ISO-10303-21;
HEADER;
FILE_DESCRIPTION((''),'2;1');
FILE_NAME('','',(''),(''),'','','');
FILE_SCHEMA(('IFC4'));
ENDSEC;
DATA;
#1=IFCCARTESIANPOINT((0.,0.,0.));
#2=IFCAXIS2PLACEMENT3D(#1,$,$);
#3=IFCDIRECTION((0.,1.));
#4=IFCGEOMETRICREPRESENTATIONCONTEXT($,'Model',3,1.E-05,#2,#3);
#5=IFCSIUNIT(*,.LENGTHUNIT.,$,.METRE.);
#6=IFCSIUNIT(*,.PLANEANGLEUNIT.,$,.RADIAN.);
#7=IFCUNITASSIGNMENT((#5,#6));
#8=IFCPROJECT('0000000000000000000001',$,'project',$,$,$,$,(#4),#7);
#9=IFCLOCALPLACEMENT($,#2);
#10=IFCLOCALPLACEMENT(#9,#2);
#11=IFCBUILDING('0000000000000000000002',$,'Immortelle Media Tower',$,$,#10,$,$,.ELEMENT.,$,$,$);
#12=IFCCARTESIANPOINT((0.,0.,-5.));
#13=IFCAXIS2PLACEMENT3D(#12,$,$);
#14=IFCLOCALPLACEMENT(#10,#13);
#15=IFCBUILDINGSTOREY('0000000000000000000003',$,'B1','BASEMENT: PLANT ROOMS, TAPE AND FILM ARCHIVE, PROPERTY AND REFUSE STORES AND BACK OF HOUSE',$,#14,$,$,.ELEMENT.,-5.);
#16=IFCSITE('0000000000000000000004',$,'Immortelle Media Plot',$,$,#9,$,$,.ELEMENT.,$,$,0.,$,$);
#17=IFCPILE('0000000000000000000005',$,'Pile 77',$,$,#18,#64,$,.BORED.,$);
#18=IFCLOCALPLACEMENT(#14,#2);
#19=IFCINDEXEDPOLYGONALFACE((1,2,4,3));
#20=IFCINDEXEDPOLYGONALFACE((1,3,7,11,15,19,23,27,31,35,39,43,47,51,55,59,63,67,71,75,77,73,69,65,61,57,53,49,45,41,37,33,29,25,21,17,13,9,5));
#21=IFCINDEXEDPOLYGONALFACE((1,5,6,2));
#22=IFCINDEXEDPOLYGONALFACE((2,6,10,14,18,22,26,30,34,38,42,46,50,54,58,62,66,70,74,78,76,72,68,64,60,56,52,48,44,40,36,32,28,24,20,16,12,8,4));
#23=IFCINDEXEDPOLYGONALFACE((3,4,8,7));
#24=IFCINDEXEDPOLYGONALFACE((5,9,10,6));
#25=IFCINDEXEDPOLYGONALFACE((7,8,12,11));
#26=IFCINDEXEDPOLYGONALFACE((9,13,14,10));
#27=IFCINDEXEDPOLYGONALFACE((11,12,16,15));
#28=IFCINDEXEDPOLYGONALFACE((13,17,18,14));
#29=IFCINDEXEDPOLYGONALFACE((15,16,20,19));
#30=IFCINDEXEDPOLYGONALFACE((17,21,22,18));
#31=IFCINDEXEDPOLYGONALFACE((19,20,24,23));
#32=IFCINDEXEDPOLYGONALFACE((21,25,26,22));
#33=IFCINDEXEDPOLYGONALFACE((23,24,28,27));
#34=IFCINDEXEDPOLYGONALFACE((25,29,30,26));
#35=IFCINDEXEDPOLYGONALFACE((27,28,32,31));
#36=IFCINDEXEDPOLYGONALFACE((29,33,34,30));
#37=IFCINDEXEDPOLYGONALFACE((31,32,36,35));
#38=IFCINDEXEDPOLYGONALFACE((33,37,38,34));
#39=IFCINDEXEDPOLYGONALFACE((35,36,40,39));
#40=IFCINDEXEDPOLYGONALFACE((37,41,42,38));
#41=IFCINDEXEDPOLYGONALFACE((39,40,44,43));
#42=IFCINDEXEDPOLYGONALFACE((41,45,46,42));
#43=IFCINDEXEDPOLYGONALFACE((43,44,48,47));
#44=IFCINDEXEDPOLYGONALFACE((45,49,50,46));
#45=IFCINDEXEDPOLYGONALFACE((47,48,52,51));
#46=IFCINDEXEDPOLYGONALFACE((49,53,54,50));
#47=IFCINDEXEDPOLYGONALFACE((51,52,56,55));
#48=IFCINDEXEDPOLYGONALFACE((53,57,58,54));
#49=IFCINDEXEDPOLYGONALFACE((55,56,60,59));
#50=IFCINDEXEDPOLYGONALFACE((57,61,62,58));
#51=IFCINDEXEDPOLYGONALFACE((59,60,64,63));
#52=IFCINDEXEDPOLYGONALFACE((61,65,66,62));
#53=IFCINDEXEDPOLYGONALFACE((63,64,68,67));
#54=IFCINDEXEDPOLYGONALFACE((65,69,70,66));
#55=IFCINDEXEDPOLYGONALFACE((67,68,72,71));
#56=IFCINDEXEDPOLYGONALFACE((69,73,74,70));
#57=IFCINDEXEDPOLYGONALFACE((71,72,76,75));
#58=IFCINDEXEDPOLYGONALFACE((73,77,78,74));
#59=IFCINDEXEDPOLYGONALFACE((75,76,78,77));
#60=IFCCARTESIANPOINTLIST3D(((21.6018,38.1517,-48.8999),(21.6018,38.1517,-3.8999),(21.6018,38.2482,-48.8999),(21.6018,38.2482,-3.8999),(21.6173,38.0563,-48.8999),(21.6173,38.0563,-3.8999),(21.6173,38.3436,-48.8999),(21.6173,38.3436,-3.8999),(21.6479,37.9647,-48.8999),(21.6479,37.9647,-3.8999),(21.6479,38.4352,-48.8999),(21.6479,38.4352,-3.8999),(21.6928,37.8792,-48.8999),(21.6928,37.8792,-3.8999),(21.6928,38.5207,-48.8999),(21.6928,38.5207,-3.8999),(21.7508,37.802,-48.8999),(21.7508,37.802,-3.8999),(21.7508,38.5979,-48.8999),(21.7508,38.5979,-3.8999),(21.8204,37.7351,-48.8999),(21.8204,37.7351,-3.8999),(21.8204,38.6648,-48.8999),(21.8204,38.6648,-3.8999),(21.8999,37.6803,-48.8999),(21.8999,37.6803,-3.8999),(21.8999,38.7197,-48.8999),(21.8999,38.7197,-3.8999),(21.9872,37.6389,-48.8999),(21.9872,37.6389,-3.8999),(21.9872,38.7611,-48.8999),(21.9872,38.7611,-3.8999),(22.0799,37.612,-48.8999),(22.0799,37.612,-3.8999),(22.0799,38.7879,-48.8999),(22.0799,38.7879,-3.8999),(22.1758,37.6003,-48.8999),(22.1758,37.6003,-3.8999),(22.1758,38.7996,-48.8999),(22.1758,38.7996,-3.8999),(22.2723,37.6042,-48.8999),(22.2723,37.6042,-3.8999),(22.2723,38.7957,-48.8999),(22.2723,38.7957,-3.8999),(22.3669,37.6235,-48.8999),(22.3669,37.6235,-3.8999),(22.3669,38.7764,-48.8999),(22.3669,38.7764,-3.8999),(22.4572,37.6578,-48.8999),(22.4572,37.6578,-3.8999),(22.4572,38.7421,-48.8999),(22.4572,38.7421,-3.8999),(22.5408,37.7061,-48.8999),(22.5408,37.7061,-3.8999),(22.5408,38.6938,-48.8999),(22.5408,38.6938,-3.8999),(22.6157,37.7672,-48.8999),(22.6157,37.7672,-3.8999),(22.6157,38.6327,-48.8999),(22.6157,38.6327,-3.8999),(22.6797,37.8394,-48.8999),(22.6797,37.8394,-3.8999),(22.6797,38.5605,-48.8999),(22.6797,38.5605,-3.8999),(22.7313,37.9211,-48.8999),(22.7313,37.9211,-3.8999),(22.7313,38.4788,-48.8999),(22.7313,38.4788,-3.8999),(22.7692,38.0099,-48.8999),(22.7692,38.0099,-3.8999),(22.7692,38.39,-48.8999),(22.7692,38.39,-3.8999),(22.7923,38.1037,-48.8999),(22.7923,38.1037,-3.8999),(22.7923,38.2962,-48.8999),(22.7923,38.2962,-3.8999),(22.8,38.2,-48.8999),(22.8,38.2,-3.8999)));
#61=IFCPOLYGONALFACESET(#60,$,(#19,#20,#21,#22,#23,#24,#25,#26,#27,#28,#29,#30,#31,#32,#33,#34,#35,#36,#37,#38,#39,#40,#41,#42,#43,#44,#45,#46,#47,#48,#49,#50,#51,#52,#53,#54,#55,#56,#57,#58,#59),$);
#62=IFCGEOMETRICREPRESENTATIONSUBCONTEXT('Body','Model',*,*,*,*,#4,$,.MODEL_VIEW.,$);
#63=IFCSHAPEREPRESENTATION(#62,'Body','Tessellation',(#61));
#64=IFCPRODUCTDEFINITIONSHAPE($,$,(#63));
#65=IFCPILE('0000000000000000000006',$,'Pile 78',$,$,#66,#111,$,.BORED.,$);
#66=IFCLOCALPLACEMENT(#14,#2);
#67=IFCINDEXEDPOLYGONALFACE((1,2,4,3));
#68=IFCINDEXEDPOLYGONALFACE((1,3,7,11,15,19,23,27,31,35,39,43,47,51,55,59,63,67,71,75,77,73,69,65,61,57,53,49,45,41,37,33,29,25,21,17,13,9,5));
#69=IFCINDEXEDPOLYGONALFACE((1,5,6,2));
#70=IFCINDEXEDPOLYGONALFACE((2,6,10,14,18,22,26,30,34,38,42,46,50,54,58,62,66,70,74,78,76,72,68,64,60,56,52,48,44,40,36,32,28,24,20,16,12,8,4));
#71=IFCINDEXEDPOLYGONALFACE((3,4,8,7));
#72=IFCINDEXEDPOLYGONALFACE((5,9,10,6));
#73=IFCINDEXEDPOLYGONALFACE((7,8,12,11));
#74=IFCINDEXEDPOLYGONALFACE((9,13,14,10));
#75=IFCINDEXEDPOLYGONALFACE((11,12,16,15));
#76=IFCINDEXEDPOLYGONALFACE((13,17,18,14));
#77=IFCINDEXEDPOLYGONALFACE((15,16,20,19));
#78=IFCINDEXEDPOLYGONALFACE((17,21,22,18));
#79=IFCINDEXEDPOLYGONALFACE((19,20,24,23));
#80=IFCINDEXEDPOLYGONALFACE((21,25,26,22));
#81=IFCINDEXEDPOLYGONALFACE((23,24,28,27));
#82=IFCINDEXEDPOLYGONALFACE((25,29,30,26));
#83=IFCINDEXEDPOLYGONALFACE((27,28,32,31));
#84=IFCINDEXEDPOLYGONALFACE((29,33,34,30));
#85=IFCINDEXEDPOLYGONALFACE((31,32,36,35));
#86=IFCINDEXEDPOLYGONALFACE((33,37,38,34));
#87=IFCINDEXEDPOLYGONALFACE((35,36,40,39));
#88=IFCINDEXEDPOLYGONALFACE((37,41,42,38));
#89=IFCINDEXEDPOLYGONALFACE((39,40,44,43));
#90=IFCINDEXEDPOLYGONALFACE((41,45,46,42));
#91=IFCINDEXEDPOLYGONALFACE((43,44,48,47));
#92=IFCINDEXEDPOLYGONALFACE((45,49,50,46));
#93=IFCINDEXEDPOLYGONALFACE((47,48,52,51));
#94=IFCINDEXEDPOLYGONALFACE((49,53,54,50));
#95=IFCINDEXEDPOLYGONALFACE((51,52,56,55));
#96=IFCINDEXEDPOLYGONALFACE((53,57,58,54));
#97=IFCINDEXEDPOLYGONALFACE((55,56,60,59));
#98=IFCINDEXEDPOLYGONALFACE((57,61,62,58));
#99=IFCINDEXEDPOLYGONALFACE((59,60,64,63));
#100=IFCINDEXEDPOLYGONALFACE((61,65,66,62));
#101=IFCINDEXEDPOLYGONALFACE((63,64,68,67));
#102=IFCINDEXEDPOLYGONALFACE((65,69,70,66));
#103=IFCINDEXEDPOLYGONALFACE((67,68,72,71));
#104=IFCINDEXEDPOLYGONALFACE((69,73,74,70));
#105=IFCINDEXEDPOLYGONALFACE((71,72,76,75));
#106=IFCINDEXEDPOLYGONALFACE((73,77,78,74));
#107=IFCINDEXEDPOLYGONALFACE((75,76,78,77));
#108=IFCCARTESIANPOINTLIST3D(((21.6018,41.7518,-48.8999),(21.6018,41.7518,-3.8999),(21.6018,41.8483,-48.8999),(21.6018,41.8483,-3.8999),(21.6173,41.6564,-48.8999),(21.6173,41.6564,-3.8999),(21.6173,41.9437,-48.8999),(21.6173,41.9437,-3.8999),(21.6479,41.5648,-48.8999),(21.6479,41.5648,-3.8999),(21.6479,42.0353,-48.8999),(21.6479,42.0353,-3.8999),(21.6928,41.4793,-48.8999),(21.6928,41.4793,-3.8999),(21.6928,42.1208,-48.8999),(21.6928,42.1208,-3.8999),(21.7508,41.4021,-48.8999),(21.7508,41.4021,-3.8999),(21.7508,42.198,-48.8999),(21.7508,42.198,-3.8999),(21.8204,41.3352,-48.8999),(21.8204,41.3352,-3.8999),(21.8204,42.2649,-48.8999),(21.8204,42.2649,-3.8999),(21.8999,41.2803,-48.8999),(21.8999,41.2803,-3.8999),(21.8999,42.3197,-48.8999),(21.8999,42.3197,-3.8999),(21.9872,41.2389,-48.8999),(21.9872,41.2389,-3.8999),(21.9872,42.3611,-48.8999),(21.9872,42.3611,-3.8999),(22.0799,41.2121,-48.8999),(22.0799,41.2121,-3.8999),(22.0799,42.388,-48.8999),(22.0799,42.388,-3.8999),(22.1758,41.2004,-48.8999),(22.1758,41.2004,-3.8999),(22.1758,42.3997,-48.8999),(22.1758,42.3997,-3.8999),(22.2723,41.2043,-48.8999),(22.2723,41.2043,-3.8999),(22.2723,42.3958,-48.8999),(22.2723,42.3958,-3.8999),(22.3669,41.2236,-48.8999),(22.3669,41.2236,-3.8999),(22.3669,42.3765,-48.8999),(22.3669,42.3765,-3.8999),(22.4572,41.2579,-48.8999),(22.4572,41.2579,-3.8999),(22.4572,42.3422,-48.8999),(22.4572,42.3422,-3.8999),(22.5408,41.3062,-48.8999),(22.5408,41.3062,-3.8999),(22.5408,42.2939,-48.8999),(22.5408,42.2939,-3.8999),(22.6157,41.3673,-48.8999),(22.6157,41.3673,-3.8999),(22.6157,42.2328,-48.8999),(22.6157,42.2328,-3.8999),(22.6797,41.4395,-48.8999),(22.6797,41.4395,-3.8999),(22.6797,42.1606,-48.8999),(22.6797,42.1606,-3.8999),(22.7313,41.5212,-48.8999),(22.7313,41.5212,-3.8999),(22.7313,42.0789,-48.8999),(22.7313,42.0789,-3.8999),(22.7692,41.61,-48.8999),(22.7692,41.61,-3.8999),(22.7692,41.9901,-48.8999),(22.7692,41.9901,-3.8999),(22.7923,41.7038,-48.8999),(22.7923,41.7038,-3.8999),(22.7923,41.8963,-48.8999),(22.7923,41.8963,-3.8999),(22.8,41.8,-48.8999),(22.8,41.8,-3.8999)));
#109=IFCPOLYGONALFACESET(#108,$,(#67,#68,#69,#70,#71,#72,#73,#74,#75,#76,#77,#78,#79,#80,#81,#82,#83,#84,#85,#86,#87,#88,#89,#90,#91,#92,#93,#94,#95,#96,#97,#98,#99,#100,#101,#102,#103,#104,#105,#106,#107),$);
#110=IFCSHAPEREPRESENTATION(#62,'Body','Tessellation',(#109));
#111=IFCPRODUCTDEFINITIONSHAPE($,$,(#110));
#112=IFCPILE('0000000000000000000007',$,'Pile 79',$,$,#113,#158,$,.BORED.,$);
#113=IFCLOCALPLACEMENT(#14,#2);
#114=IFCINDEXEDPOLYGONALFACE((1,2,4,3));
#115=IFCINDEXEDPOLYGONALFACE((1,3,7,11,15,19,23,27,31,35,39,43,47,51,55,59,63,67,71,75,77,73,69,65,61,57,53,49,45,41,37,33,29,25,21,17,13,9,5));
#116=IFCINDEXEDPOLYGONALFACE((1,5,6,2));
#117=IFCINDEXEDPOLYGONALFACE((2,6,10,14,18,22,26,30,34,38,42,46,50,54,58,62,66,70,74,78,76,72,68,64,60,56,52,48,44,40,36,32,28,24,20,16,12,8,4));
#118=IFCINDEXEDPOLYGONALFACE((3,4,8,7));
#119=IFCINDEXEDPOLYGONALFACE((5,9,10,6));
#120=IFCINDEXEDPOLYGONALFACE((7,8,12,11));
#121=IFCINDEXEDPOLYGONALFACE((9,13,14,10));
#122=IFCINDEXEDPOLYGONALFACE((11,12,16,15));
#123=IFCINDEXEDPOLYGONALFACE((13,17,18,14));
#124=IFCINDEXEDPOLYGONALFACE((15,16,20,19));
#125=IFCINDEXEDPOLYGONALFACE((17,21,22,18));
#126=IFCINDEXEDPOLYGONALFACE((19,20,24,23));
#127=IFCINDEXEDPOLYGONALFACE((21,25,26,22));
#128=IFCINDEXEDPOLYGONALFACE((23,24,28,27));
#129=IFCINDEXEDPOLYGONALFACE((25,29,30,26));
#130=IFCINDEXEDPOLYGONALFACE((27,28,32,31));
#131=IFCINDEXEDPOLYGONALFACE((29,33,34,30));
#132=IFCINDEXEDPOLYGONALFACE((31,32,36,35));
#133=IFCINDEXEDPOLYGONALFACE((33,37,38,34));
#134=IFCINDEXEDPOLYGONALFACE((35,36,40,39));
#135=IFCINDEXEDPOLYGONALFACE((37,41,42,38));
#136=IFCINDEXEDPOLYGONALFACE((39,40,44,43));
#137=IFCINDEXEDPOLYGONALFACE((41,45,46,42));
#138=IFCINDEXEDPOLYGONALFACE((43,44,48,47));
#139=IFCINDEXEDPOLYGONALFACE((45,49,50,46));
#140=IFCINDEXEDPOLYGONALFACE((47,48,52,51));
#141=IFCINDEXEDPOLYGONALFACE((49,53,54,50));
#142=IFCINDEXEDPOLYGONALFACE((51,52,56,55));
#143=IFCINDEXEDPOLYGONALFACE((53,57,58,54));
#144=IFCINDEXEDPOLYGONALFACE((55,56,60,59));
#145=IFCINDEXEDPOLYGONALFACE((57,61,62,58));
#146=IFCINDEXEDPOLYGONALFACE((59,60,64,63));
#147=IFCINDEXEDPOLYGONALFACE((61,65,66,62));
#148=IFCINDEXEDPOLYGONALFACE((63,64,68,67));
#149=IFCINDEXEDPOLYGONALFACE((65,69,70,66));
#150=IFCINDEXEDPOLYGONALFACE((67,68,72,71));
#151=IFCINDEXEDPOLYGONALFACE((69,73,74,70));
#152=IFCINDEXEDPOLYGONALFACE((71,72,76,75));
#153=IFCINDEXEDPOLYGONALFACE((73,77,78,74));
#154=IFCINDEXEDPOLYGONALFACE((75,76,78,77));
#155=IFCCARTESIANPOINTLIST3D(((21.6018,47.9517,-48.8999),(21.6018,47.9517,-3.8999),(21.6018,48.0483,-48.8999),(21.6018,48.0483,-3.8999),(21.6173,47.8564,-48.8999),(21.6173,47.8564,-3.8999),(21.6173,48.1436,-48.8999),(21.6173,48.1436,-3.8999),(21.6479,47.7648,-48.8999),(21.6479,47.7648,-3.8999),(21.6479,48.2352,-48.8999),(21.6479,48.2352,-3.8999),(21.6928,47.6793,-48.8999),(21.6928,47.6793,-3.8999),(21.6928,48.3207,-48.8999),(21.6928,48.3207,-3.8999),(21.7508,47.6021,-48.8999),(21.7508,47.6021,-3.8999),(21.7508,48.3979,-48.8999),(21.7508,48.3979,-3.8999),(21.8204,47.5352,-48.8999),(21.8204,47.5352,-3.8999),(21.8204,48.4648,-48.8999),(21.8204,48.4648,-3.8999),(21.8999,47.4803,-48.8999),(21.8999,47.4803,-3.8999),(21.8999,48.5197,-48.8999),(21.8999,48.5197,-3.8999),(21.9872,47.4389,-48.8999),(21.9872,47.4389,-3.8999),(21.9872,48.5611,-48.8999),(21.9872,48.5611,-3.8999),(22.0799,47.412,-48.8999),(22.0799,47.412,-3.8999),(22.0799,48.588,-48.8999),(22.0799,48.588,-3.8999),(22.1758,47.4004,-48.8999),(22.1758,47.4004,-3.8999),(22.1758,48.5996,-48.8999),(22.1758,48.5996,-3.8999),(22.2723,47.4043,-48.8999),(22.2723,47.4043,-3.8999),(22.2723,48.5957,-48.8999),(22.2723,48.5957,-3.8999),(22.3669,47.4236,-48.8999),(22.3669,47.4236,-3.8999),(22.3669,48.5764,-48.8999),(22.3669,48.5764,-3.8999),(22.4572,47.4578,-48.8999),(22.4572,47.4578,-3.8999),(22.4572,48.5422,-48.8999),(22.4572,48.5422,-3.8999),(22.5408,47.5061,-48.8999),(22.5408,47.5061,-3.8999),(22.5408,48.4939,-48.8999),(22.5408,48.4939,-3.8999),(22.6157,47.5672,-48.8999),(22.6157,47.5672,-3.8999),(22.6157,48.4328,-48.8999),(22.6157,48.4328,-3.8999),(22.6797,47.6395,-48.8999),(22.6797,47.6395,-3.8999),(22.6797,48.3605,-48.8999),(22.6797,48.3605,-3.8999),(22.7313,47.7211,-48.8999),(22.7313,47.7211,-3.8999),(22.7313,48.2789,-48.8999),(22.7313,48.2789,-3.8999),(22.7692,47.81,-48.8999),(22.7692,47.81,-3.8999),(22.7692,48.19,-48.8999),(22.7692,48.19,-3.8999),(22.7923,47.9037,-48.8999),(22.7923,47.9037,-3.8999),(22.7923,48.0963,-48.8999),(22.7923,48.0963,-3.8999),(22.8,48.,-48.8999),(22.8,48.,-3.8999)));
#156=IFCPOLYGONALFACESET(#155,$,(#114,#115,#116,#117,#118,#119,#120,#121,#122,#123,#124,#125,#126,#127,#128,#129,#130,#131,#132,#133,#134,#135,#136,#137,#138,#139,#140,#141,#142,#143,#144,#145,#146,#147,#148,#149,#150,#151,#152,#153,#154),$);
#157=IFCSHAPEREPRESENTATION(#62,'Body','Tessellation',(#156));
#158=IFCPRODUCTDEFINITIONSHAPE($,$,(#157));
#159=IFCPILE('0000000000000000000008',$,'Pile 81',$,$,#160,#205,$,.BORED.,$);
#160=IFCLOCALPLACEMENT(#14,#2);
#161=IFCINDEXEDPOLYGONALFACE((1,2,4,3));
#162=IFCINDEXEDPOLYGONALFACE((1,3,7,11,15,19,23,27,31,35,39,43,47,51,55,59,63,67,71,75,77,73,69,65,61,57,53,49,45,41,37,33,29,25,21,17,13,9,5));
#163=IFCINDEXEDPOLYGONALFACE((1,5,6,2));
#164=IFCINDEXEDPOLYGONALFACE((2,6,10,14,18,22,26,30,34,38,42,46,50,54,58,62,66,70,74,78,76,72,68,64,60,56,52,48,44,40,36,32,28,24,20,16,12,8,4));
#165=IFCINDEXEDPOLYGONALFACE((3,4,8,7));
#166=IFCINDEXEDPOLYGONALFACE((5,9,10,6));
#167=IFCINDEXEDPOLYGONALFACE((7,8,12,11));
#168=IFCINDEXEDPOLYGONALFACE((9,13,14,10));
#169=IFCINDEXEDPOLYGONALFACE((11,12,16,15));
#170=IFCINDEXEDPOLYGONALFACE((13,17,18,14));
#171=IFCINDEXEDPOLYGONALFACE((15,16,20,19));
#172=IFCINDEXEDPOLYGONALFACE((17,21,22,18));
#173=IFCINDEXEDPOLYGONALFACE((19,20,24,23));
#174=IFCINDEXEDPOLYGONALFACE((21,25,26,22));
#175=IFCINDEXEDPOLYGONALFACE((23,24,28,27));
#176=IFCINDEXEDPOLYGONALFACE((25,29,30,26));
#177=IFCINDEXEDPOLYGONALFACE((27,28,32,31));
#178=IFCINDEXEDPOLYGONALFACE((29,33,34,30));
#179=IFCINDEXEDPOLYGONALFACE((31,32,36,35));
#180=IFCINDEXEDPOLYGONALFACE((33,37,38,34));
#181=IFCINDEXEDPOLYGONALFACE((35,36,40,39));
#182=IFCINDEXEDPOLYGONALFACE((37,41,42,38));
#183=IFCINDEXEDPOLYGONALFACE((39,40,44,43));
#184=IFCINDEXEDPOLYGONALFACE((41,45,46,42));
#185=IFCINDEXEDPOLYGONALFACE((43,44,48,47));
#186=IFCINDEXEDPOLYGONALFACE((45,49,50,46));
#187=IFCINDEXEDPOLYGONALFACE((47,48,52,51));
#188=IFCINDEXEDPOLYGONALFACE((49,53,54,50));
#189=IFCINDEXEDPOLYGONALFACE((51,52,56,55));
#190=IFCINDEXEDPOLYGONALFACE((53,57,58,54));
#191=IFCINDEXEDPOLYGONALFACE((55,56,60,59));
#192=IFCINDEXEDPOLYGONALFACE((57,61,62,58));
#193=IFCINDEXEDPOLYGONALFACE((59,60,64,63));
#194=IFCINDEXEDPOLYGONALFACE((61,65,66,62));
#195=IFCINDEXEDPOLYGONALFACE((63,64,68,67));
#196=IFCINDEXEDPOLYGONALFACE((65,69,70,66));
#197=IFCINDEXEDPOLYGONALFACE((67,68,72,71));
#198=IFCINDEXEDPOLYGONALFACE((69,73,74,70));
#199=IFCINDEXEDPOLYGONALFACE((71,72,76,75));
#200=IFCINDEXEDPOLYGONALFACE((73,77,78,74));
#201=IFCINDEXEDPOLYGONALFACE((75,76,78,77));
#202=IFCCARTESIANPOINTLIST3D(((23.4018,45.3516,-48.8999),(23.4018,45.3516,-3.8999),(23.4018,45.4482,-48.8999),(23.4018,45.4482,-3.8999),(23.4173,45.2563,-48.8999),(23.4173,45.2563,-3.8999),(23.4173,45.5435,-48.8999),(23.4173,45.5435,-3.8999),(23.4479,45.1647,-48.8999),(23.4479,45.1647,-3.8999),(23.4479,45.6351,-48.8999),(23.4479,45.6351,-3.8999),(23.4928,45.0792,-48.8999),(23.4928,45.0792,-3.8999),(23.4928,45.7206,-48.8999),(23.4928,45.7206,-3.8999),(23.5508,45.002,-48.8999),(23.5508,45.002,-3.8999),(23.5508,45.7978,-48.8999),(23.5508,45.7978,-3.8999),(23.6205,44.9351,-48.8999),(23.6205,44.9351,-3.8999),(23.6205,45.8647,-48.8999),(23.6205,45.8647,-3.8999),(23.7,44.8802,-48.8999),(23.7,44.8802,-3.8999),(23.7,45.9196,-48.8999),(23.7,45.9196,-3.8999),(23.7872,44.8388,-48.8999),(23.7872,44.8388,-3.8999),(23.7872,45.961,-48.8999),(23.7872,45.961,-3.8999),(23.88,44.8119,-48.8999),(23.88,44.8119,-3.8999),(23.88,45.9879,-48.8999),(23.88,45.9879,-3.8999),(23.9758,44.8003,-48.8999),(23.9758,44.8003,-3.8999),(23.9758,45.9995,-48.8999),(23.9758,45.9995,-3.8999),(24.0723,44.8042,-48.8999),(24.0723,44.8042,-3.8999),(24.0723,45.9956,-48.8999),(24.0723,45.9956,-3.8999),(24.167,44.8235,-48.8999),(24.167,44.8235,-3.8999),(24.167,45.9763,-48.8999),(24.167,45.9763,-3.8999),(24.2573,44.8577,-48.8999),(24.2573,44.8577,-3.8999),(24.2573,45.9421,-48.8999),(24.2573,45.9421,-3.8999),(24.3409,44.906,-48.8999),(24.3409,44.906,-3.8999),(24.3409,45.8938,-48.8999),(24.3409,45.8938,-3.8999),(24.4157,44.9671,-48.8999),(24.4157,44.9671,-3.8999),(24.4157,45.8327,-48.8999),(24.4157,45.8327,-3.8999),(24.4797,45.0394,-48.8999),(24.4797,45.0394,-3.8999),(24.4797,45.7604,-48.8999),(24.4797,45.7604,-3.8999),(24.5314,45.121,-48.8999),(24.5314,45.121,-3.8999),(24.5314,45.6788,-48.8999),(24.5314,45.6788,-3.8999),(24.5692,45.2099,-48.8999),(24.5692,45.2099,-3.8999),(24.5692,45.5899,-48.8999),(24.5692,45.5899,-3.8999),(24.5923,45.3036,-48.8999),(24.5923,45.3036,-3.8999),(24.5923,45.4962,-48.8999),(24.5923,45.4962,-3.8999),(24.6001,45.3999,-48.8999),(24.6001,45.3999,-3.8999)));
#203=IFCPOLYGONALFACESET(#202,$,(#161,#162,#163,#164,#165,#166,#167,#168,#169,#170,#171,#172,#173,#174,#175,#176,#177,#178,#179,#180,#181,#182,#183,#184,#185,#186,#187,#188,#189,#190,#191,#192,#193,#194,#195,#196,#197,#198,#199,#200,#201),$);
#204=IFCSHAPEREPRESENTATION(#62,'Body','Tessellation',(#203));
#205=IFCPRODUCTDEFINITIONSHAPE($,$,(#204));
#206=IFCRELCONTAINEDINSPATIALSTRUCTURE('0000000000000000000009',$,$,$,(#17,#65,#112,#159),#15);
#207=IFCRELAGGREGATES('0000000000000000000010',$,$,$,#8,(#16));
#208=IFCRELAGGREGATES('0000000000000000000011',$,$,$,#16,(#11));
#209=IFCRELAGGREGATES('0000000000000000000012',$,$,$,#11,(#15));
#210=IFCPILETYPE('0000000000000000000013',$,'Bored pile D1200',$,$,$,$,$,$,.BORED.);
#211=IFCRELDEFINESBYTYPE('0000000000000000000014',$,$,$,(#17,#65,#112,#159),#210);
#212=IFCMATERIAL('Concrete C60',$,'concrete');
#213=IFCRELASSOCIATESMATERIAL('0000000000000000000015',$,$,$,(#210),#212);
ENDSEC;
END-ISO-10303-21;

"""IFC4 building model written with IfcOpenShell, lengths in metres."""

from ifc_helpers import new_model, si_unit, direction, frame, origin, origin_2d, place, context, subcontext, project, spatial, circle, extrude, material, material_profile, profile_set, type_object, element, save


model = new_model("IFC4")

# Units and contexts
model_context = context("Model", 3, precision=1e-05, world=origin(), true_north=direction((0.0, 1.0)))
body_context = subcontext(model_context, "Body", "Model", "MODEL_VIEW")
ifc_project = project(units=[si_unit("LENGTHUNIT", "METRE"), si_unit("PLANEANGLEUNIT", "RADIAN")], contexts=[model_context])

# Site, building, storey
site_placement = place(None, origin())
site = spatial("IfcSite", under=ifc_project, at=site_placement, Name="Immortelle Media Plot", CompositionType="ELEMENT", RefElevation=0.0)
building_placement = place(site_placement, origin())
building = spatial("IfcBuilding", under=site, at=building_placement, Name="Immortelle Media Tower", CompositionType="ELEMENT")
storey_placement = place(building_placement, frame((0.0, 0.0, -5.0)))
storey = spatial("IfcBuildingStorey", under=building, at=storey_placement, Name="B1", Description="BASEMENT: PLANT ROOMS, TAPE AND FILM ARCHIVE, PROPERTY AND REFUSE STORES AND BACK OF HOUSE", CompositionType="ELEMENT", Elevation=-5.0)

# Piles
ifc_material_1 = material(Name="Concrete C60", Category="concrete")
ifc_material_profile_1 = material_profile(ifc_material_1, circle(Radius=0.6001, at=origin_2d()), Name="Bored pile D1200")
ifc_profile_set_1 = profile_set([ifc_material_profile_1], Name="Concrete C60")
pile_type = type_object("IfcPileType", Name="Bored pile D1200", PredefinedType="BORED", material=ifc_profile_set_1)
for number, where, z_axis, x_axis, name in (
    (1, (22.2, 38.2, -3.8999), (0.0, 0.0, -1.0), (1.0, 0.0, 0.0), "Pile 77"),
    (2, (22.2, 41.8, -3.8999), (0.0, 0.0, -1.0), (1.0, 0.0, 0.0), "Pile 78"),
    (3, (22.2, 48.0, -3.8999), (0.0, 0.0, -1.0), (1.0, 0.0, 0.0), "Pile 79"),
    (4, (24.0, 45.3999, -3.8999), (0.0, 0.0, -1.0), (1.0, 0.0, 0.0), "Pile 81"),
):
    element("IfcPile", number, at=place(storey_placement, frame(where, z_axis=z_axis, x_axis=x_axis)), inside=storey, type_object=pile_type, Name=name, PredefinedType="BORED", context=body_context, shape_type="SweptSolid", body=[
        extrude(circle(Radius=0.6001, at=origin_2d()), origin(), (0.0, 0.0, 1.0), 45.0),
    ])

save(model, "model.ifc")
